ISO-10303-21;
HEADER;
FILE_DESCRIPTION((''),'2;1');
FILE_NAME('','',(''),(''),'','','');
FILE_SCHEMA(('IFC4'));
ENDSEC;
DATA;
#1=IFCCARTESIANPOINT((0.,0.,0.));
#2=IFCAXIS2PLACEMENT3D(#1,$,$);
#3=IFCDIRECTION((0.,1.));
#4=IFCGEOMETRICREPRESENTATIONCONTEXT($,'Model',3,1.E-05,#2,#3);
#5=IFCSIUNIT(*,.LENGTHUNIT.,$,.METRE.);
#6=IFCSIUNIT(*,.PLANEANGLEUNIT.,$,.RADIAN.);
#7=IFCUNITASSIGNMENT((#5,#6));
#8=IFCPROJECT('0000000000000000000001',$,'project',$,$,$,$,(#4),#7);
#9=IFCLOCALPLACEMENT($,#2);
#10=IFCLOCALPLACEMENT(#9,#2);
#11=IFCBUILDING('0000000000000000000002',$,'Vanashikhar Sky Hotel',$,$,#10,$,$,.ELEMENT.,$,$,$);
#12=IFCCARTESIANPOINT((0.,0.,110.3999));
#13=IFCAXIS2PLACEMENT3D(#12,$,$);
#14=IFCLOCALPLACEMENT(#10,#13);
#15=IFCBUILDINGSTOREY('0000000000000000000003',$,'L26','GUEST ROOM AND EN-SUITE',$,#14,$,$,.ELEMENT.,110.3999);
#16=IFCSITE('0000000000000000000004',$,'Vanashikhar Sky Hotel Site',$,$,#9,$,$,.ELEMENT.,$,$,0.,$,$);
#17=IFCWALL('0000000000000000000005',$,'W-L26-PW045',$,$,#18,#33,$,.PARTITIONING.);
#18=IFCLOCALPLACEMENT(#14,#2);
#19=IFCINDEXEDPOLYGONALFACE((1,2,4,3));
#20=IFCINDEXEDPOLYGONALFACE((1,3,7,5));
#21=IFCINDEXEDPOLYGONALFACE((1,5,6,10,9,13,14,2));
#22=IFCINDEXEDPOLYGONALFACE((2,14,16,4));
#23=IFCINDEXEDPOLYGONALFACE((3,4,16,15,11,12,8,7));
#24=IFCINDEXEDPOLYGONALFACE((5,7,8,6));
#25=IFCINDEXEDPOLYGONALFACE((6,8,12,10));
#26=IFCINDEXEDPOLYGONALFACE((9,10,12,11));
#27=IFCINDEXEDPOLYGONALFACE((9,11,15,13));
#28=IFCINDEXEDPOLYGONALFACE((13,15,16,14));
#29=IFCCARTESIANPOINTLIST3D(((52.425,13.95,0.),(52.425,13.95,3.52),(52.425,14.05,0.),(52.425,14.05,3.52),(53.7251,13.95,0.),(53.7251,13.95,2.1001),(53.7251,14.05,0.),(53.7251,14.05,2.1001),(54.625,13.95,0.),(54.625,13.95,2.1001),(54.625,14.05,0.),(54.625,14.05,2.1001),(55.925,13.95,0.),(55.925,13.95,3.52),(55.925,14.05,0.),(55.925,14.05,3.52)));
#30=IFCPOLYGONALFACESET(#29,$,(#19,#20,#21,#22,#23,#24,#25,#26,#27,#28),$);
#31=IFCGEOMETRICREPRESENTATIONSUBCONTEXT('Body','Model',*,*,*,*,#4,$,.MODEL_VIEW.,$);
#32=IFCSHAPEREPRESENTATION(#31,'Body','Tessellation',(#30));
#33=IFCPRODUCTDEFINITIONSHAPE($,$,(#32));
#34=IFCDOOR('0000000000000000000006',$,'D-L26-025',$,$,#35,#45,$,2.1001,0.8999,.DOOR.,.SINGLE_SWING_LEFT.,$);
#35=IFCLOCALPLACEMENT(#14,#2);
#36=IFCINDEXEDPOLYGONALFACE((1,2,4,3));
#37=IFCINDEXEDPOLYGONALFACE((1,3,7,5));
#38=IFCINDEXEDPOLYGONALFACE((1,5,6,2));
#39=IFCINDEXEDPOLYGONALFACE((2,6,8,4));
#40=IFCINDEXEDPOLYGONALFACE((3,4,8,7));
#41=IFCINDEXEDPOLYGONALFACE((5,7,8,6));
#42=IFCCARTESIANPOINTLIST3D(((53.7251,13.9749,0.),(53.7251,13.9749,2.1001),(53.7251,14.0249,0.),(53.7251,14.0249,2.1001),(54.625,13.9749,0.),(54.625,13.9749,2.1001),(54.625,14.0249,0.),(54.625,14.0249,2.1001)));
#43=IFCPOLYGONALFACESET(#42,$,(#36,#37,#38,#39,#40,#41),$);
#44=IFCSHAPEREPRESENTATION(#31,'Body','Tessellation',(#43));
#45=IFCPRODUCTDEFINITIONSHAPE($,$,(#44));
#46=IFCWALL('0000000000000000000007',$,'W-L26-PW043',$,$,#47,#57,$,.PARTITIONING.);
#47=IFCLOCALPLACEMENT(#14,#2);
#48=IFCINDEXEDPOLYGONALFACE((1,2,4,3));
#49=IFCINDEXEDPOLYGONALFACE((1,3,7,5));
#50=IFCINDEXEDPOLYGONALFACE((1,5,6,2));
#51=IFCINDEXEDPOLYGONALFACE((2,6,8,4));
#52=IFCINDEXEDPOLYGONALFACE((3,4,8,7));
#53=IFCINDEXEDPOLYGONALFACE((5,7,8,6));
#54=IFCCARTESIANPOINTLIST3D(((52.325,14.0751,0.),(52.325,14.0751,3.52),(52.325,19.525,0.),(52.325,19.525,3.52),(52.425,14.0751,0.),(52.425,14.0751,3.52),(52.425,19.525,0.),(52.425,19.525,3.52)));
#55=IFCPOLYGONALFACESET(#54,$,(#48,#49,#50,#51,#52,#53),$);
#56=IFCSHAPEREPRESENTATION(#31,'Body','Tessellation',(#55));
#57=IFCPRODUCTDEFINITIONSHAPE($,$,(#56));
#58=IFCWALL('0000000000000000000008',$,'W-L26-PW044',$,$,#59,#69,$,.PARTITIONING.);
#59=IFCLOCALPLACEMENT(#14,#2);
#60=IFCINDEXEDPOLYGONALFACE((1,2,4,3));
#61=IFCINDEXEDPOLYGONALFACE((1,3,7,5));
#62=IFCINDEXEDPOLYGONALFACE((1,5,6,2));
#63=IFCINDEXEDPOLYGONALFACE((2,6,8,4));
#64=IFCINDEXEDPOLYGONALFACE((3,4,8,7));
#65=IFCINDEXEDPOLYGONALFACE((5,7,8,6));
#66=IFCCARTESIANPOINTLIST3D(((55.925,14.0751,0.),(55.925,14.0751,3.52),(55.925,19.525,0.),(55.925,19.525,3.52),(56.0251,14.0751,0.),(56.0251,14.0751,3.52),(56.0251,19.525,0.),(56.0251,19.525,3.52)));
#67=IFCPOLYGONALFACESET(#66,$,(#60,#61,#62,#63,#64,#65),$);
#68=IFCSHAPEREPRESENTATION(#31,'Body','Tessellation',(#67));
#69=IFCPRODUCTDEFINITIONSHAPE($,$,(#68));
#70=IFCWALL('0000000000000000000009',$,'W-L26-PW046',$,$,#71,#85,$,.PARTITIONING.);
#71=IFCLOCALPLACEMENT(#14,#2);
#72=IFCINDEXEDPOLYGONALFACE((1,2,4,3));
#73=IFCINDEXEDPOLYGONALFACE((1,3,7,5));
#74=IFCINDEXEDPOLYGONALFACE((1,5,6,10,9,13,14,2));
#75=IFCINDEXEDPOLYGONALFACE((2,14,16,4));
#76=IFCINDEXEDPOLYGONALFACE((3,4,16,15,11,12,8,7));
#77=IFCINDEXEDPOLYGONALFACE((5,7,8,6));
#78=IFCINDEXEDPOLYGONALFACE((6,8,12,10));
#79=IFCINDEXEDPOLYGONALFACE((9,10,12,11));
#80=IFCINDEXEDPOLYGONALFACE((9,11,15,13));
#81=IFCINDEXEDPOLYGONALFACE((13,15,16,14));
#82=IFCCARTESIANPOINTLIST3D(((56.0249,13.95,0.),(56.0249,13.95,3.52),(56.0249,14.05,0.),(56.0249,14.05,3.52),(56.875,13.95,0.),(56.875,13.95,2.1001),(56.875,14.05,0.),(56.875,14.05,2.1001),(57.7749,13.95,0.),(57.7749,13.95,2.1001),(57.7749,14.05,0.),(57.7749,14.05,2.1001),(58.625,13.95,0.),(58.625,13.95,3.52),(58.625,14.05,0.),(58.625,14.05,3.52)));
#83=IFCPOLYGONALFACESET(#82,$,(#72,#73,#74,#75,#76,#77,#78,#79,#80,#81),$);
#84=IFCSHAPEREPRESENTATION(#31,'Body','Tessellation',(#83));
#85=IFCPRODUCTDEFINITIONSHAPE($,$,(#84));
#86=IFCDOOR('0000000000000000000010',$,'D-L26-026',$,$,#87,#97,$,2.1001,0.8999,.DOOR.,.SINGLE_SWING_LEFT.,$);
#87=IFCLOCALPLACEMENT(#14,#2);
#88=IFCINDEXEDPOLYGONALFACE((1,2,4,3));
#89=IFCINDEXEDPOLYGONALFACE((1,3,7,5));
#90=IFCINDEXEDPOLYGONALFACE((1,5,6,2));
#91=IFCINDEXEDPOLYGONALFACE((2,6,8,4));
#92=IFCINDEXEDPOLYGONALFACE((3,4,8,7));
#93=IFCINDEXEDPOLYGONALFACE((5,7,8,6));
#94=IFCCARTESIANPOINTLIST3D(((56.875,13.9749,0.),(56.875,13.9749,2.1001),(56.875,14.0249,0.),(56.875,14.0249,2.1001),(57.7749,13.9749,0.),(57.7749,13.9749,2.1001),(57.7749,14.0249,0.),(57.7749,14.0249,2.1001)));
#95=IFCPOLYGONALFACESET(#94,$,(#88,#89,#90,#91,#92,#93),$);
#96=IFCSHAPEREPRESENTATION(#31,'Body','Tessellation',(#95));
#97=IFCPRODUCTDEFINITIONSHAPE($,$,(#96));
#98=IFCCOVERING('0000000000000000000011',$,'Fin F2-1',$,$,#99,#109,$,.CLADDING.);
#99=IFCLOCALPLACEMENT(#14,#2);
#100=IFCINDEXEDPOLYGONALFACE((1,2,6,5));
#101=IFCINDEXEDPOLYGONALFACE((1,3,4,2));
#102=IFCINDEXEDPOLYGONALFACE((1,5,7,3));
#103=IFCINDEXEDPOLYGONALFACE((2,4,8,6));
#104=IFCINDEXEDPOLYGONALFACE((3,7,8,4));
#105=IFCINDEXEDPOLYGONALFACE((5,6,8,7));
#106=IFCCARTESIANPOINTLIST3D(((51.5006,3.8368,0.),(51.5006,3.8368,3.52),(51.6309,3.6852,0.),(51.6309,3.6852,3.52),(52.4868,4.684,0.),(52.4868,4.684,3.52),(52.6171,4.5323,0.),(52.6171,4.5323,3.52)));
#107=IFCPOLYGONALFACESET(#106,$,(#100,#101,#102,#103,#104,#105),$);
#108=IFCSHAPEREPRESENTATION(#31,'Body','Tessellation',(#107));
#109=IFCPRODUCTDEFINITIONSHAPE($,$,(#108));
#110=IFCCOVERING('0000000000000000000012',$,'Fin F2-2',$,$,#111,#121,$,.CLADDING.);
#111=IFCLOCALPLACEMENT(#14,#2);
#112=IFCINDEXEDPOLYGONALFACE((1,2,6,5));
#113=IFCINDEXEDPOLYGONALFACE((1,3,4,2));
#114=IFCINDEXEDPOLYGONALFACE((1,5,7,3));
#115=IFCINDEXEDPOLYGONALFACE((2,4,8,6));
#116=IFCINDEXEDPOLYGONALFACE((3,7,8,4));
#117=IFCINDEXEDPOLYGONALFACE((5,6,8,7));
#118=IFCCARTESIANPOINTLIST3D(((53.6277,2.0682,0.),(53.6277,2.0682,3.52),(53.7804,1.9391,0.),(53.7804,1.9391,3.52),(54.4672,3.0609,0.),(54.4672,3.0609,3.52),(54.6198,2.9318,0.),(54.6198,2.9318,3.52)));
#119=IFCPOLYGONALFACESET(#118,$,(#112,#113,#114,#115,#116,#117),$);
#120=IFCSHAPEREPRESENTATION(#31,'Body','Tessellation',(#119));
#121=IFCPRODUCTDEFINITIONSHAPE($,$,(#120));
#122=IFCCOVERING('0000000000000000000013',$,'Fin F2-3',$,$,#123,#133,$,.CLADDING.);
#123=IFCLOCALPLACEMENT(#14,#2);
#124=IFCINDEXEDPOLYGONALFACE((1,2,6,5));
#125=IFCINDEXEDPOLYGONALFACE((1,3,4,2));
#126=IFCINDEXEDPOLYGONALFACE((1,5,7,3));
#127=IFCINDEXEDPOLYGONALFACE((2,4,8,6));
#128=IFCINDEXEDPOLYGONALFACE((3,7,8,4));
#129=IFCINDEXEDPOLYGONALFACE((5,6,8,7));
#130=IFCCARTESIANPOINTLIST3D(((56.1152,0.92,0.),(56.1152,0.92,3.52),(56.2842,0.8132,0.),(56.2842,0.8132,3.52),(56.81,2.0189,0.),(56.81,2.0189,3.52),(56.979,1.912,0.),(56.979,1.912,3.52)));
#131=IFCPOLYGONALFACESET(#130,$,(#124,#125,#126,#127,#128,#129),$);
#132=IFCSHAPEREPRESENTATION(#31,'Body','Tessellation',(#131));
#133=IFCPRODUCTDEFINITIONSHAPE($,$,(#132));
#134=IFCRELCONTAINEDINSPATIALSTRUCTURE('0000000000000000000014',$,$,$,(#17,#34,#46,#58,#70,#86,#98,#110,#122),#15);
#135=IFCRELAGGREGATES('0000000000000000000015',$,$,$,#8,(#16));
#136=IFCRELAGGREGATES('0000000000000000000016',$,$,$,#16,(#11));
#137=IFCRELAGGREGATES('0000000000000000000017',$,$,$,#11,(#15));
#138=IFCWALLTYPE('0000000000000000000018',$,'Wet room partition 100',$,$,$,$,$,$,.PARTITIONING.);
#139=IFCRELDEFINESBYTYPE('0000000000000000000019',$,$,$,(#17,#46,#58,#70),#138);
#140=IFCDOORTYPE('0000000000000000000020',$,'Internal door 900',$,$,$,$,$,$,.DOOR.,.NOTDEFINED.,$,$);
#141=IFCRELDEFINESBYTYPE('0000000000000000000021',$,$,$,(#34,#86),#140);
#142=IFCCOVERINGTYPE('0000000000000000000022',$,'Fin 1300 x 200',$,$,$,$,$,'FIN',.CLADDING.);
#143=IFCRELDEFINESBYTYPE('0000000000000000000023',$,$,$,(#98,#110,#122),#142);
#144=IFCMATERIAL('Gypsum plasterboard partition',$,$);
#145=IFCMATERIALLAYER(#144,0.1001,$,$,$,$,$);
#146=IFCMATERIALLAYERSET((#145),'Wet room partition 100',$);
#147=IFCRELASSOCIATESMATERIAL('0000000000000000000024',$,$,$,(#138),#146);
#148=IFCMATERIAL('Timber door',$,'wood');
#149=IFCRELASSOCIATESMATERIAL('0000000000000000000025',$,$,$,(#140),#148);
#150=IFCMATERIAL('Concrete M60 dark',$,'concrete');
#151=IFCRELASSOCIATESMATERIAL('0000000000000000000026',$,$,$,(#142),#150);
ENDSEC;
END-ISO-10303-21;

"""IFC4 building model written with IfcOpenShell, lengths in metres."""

from ifc_helpers import new_model, si_unit, direction, frame, frame_2d, origin, origin_2d, place, context, subcontext, project, spatial, rectangle, extrude, source, transform, mapped, material, layer, layer_set, material_profile, profile_set, type_object, element, fill, save


model = new_model("IFC4")

# Units and contexts
model_context = context("Model", 3, precision=1e-05, world=origin(), true_north=direction((0.0, 1.0)))
body_context = subcontext(model_context, "Body", "Model", "MODEL_VIEW")
ifc_project = project(units=[si_unit("LENGTHUNIT", "METRE"), si_unit("PLANEANGLEUNIT", "RADIAN")], contexts=[model_context])

# Site, building, storey
site_placement = place(None, origin())
site = spatial("IfcSite", under=ifc_project, at=site_placement, Name="Vanashikhar Sky Hotel Site", CompositionType="ELEMENT", RefElevation=0.0)
building_placement = place(site_placement, origin())
building = spatial("IfcBuilding", under=site, at=building_placement, Name="Vanashikhar Sky Hotel", CompositionType="ELEMENT")
storey_placement = place(building_placement, frame((0.0, 0.0, 110.3999)))
storey = spatial("IfcBuildingStorey", under=building, at=storey_placement, Name="L26", Description="GUEST ROOM AND EN-SUITE", CompositionType="ELEMENT", Elevation=110.3999)

# Shared definitions
ifc_material_1 = material(Name="Gypsum plasterboard partition")

# Wall, opening, door
ifc_layer_1 = layer(ifc_material_1, 0.1001)
ifc_layer_set_1 = layer_set([ifc_layer_1], Name="Wet room partition 100")
wall_type_1 = type_object("IfcWallType", Name="Wet room partition 100", PredefinedType="PARTITIONING", material=ifc_layer_set_1)
shared_shape_1 = source(origin(), body_context, "Body", "SweptSolid", [
    extrude(rectangle(XDim=3.5, YDim=0.1001, at=frame_2d((1.75, 0.0))), origin(), (0.0, 0.0, 1.0), 3.52),
])
wall_1_placement = place(storey_placement, frame((52.425, 14.0, 0.0), z_axis=(0.0, 0.0, 1.0), x_axis=(1.0, 0.0, 0.0)))
wall_1 = element("IfcWall", 1, at=wall_1_placement, inside=storey, type_object=wall_type_1, Name="W-L26-PW045", PredefinedType="PARTITIONING", context=body_context, shape_type="MappedRepresentation", body=[
    mapped(shared_shape_1, transform((0.0, 0.0, 0.0), scale=1.0)),
])
shared_shape_2 = source(origin(), body_context, "Body", "SweptSolid", [
    extrude(rectangle(XDim=0.8999, YDim=2.1001, at=frame_2d((0.45, 1.05))), frame((0.0, 0.0601, 0.0), z_axis=(0.0, -1.0, 0.0), x_axis=(1.0, 0.0, 0.0)), (0.0, 0.0, 1.0), 0.1201),
])
opening_1_placement = place(wall_1_placement, frame((1.3, 0.0, 0.0)))
opening_1 = element("IfcOpeningElement", 2, at=opening_1_placement, cuts=wall_1, PredefinedType="OPENING", context=body_context, shape_type="MappedRepresentation", body=[
    mapped(shared_shape_2, transform((0.0, 0.0, 0.0), scale=1.0)),
])
ifc_material_2 = material(Name="Timber door", Category="wood")
door_type = type_object("IfcDoorType", Name="Internal door 900", OperationType="NOTDEFINED", PredefinedType="DOOR", material=ifc_material_2)
shared_shape_3 = source(origin(), body_context, "Body", "SweptSolid", [
    extrude(rectangle(XDim=0.8999, YDim=2.1001, at=frame_2d((0.45, 1.05))), frame((0.0, 0.0249, 0.0), z_axis=(0.0, -1.0, 0.0), x_axis=(1.0, 0.0, 0.0)), (0.0, 0.0, 1.0), 0.05),
])
door_1_placement = place(opening_1_placement, origin())
door_1 = element("IfcDoor", 3, at=door_1_placement, inside=storey, type_object=door_type, Name="D-L26-025", OperationType="SINGLE_SWING_LEFT", OverallHeight=2.1001, OverallWidth=0.8999, PredefinedType="DOOR", context=body_context, shape_type="MappedRepresentation", body=[
    mapped(shared_shape_3, transform((0.0, 0.0, 0.0), scale=1.0)),
])
fill(opening_1, door_1)

# Walls
shared_shape_4 = source(origin(), body_context, "Body", "SweptSolid", [
    extrude(rectangle(XDim=5.45, YDim=0.1001, at=frame_2d((2.7251, 0.0))), origin(), (0.0, 0.0, 1.0), 3.52),
])
for number, where, z_axis, x_axis, name in (
    (4, (52.375, 14.075, 0.0), (0.0, 0.0, 1.0), (0.0, 1.0, 0.0), "W-L26-PW043"),
    (5, (55.9751, 14.075, 0.0), (0.0, 0.0, 1.0), (0.0, 1.0, 0.0), "W-L26-PW044"),
):
    element("IfcWall", number, at=place(storey_placement, frame(where, z_axis=z_axis, x_axis=x_axis)), inside=storey, type_object=wall_type_1, Name=name, PredefinedType="PARTITIONING", context=body_context, shape_type="MappedRepresentation", body=[
        mapped(shared_shape_4, transform((0.0, 0.0, 0.0), scale=1.0)),
    ])

# Wall, opening, door
shared_shape_5 = source(origin(), body_context, "Body", "SweptSolid", [
    extrude(rectangle(XDim=2.6001, YDim=0.1001, at=frame_2d((1.3, 0.0))), origin(), (0.0, 0.0, 1.0), 3.52),
])
wall_2_placement = place(storey_placement, frame((56.0249, 14.0, 0.0), z_axis=(0.0, 0.0, 1.0), x_axis=(1.0, 0.0, 0.0)))
wall_2 = element("IfcWall", 6, at=wall_2_placement, inside=storey, type_object=wall_type_1, Name="W-L26-PW046", PredefinedType="PARTITIONING", context=body_context, shape_type="MappedRepresentation", body=[
    mapped(shared_shape_5, transform((0.0, 0.0, 0.0), scale=1.0)),
])
opening_2_placement = place(wall_2_placement, frame((0.8501, 0.0, 0.0)))
opening_2 = element("IfcOpeningElement", 7, at=opening_2_placement, cuts=wall_2, PredefinedType="OPENING", context=body_context, shape_type="MappedRepresentation", body=[
    mapped(shared_shape_2, transform((0.0, 0.0, 0.0), scale=1.0)),
])
door_2_placement = place(opening_2_placement, origin())
door_2 = element("IfcDoor", 8, at=door_2_placement, inside=storey, type_object=door_type, Name="D-L26-026", OperationType="SINGLE_SWING_LEFT", OverallHeight=2.1001, OverallWidth=0.8999, PredefinedType="DOOR", context=body_context, shape_type="MappedRepresentation", body=[
    mapped(shared_shape_3, transform((0.0, 0.0, 0.0), scale=1.0)),
])
fill(opening_2, door_2)

# Coverings
ifc_material_3 = material(Name="Concrete M60 dark", Category="concrete")
ifc_material_profile = material_profile(ifc_material_3, rectangle(XDim=1.3, YDim=0.2, at=origin_2d()))
ifc_profile_set = profile_set([ifc_material_profile], Name="Fin 1300 x 200")
covering_type = type_object("IfcCoveringType", Name="Fin 1300 x 200", ElementType="FIN", PredefinedType="CLADDING", material=ifc_profile_set)
shared_shape_6 = source(origin(), body_context, "Body", "SweptSolid", [
    extrude(rectangle(XDim=1.3, YDim=0.2, at=origin_2d()), origin(), (0.0, 0.0, 1.0), 3.52),
])
for number, where, z_axis, x_axis, name in (
    (9, (52.0588, 4.1846, 0.0), (0.0, 0.0, 1.0), (-0.758544, -0.651622, 0.0), "Fin F2-1"),
    (10, (54.1238, 2.5, 0.0), (0.0, 0.0, 1.0), (-0.645698, -0.763593, 0.0), "Fin F2-2"),
    (11, (56.5471, 1.416, 0.0), (0.0, 0.0, 1.0), (-0.534411, -0.845225, 0.0), "Fin F2-3"),
):
    element("IfcCovering", number, at=place(storey_placement, frame(where, z_axis=z_axis, x_axis=x_axis)), inside=storey, type_object=covering_type, Name=name, PredefinedType="CLADDING", context=body_context, shape_type="MappedRepresentation", body=[
        mapped(shared_shape_6, transform((0.0, 0.0, 0.0), scale=1.0)),
    ])

save(model, "model.ifc")
